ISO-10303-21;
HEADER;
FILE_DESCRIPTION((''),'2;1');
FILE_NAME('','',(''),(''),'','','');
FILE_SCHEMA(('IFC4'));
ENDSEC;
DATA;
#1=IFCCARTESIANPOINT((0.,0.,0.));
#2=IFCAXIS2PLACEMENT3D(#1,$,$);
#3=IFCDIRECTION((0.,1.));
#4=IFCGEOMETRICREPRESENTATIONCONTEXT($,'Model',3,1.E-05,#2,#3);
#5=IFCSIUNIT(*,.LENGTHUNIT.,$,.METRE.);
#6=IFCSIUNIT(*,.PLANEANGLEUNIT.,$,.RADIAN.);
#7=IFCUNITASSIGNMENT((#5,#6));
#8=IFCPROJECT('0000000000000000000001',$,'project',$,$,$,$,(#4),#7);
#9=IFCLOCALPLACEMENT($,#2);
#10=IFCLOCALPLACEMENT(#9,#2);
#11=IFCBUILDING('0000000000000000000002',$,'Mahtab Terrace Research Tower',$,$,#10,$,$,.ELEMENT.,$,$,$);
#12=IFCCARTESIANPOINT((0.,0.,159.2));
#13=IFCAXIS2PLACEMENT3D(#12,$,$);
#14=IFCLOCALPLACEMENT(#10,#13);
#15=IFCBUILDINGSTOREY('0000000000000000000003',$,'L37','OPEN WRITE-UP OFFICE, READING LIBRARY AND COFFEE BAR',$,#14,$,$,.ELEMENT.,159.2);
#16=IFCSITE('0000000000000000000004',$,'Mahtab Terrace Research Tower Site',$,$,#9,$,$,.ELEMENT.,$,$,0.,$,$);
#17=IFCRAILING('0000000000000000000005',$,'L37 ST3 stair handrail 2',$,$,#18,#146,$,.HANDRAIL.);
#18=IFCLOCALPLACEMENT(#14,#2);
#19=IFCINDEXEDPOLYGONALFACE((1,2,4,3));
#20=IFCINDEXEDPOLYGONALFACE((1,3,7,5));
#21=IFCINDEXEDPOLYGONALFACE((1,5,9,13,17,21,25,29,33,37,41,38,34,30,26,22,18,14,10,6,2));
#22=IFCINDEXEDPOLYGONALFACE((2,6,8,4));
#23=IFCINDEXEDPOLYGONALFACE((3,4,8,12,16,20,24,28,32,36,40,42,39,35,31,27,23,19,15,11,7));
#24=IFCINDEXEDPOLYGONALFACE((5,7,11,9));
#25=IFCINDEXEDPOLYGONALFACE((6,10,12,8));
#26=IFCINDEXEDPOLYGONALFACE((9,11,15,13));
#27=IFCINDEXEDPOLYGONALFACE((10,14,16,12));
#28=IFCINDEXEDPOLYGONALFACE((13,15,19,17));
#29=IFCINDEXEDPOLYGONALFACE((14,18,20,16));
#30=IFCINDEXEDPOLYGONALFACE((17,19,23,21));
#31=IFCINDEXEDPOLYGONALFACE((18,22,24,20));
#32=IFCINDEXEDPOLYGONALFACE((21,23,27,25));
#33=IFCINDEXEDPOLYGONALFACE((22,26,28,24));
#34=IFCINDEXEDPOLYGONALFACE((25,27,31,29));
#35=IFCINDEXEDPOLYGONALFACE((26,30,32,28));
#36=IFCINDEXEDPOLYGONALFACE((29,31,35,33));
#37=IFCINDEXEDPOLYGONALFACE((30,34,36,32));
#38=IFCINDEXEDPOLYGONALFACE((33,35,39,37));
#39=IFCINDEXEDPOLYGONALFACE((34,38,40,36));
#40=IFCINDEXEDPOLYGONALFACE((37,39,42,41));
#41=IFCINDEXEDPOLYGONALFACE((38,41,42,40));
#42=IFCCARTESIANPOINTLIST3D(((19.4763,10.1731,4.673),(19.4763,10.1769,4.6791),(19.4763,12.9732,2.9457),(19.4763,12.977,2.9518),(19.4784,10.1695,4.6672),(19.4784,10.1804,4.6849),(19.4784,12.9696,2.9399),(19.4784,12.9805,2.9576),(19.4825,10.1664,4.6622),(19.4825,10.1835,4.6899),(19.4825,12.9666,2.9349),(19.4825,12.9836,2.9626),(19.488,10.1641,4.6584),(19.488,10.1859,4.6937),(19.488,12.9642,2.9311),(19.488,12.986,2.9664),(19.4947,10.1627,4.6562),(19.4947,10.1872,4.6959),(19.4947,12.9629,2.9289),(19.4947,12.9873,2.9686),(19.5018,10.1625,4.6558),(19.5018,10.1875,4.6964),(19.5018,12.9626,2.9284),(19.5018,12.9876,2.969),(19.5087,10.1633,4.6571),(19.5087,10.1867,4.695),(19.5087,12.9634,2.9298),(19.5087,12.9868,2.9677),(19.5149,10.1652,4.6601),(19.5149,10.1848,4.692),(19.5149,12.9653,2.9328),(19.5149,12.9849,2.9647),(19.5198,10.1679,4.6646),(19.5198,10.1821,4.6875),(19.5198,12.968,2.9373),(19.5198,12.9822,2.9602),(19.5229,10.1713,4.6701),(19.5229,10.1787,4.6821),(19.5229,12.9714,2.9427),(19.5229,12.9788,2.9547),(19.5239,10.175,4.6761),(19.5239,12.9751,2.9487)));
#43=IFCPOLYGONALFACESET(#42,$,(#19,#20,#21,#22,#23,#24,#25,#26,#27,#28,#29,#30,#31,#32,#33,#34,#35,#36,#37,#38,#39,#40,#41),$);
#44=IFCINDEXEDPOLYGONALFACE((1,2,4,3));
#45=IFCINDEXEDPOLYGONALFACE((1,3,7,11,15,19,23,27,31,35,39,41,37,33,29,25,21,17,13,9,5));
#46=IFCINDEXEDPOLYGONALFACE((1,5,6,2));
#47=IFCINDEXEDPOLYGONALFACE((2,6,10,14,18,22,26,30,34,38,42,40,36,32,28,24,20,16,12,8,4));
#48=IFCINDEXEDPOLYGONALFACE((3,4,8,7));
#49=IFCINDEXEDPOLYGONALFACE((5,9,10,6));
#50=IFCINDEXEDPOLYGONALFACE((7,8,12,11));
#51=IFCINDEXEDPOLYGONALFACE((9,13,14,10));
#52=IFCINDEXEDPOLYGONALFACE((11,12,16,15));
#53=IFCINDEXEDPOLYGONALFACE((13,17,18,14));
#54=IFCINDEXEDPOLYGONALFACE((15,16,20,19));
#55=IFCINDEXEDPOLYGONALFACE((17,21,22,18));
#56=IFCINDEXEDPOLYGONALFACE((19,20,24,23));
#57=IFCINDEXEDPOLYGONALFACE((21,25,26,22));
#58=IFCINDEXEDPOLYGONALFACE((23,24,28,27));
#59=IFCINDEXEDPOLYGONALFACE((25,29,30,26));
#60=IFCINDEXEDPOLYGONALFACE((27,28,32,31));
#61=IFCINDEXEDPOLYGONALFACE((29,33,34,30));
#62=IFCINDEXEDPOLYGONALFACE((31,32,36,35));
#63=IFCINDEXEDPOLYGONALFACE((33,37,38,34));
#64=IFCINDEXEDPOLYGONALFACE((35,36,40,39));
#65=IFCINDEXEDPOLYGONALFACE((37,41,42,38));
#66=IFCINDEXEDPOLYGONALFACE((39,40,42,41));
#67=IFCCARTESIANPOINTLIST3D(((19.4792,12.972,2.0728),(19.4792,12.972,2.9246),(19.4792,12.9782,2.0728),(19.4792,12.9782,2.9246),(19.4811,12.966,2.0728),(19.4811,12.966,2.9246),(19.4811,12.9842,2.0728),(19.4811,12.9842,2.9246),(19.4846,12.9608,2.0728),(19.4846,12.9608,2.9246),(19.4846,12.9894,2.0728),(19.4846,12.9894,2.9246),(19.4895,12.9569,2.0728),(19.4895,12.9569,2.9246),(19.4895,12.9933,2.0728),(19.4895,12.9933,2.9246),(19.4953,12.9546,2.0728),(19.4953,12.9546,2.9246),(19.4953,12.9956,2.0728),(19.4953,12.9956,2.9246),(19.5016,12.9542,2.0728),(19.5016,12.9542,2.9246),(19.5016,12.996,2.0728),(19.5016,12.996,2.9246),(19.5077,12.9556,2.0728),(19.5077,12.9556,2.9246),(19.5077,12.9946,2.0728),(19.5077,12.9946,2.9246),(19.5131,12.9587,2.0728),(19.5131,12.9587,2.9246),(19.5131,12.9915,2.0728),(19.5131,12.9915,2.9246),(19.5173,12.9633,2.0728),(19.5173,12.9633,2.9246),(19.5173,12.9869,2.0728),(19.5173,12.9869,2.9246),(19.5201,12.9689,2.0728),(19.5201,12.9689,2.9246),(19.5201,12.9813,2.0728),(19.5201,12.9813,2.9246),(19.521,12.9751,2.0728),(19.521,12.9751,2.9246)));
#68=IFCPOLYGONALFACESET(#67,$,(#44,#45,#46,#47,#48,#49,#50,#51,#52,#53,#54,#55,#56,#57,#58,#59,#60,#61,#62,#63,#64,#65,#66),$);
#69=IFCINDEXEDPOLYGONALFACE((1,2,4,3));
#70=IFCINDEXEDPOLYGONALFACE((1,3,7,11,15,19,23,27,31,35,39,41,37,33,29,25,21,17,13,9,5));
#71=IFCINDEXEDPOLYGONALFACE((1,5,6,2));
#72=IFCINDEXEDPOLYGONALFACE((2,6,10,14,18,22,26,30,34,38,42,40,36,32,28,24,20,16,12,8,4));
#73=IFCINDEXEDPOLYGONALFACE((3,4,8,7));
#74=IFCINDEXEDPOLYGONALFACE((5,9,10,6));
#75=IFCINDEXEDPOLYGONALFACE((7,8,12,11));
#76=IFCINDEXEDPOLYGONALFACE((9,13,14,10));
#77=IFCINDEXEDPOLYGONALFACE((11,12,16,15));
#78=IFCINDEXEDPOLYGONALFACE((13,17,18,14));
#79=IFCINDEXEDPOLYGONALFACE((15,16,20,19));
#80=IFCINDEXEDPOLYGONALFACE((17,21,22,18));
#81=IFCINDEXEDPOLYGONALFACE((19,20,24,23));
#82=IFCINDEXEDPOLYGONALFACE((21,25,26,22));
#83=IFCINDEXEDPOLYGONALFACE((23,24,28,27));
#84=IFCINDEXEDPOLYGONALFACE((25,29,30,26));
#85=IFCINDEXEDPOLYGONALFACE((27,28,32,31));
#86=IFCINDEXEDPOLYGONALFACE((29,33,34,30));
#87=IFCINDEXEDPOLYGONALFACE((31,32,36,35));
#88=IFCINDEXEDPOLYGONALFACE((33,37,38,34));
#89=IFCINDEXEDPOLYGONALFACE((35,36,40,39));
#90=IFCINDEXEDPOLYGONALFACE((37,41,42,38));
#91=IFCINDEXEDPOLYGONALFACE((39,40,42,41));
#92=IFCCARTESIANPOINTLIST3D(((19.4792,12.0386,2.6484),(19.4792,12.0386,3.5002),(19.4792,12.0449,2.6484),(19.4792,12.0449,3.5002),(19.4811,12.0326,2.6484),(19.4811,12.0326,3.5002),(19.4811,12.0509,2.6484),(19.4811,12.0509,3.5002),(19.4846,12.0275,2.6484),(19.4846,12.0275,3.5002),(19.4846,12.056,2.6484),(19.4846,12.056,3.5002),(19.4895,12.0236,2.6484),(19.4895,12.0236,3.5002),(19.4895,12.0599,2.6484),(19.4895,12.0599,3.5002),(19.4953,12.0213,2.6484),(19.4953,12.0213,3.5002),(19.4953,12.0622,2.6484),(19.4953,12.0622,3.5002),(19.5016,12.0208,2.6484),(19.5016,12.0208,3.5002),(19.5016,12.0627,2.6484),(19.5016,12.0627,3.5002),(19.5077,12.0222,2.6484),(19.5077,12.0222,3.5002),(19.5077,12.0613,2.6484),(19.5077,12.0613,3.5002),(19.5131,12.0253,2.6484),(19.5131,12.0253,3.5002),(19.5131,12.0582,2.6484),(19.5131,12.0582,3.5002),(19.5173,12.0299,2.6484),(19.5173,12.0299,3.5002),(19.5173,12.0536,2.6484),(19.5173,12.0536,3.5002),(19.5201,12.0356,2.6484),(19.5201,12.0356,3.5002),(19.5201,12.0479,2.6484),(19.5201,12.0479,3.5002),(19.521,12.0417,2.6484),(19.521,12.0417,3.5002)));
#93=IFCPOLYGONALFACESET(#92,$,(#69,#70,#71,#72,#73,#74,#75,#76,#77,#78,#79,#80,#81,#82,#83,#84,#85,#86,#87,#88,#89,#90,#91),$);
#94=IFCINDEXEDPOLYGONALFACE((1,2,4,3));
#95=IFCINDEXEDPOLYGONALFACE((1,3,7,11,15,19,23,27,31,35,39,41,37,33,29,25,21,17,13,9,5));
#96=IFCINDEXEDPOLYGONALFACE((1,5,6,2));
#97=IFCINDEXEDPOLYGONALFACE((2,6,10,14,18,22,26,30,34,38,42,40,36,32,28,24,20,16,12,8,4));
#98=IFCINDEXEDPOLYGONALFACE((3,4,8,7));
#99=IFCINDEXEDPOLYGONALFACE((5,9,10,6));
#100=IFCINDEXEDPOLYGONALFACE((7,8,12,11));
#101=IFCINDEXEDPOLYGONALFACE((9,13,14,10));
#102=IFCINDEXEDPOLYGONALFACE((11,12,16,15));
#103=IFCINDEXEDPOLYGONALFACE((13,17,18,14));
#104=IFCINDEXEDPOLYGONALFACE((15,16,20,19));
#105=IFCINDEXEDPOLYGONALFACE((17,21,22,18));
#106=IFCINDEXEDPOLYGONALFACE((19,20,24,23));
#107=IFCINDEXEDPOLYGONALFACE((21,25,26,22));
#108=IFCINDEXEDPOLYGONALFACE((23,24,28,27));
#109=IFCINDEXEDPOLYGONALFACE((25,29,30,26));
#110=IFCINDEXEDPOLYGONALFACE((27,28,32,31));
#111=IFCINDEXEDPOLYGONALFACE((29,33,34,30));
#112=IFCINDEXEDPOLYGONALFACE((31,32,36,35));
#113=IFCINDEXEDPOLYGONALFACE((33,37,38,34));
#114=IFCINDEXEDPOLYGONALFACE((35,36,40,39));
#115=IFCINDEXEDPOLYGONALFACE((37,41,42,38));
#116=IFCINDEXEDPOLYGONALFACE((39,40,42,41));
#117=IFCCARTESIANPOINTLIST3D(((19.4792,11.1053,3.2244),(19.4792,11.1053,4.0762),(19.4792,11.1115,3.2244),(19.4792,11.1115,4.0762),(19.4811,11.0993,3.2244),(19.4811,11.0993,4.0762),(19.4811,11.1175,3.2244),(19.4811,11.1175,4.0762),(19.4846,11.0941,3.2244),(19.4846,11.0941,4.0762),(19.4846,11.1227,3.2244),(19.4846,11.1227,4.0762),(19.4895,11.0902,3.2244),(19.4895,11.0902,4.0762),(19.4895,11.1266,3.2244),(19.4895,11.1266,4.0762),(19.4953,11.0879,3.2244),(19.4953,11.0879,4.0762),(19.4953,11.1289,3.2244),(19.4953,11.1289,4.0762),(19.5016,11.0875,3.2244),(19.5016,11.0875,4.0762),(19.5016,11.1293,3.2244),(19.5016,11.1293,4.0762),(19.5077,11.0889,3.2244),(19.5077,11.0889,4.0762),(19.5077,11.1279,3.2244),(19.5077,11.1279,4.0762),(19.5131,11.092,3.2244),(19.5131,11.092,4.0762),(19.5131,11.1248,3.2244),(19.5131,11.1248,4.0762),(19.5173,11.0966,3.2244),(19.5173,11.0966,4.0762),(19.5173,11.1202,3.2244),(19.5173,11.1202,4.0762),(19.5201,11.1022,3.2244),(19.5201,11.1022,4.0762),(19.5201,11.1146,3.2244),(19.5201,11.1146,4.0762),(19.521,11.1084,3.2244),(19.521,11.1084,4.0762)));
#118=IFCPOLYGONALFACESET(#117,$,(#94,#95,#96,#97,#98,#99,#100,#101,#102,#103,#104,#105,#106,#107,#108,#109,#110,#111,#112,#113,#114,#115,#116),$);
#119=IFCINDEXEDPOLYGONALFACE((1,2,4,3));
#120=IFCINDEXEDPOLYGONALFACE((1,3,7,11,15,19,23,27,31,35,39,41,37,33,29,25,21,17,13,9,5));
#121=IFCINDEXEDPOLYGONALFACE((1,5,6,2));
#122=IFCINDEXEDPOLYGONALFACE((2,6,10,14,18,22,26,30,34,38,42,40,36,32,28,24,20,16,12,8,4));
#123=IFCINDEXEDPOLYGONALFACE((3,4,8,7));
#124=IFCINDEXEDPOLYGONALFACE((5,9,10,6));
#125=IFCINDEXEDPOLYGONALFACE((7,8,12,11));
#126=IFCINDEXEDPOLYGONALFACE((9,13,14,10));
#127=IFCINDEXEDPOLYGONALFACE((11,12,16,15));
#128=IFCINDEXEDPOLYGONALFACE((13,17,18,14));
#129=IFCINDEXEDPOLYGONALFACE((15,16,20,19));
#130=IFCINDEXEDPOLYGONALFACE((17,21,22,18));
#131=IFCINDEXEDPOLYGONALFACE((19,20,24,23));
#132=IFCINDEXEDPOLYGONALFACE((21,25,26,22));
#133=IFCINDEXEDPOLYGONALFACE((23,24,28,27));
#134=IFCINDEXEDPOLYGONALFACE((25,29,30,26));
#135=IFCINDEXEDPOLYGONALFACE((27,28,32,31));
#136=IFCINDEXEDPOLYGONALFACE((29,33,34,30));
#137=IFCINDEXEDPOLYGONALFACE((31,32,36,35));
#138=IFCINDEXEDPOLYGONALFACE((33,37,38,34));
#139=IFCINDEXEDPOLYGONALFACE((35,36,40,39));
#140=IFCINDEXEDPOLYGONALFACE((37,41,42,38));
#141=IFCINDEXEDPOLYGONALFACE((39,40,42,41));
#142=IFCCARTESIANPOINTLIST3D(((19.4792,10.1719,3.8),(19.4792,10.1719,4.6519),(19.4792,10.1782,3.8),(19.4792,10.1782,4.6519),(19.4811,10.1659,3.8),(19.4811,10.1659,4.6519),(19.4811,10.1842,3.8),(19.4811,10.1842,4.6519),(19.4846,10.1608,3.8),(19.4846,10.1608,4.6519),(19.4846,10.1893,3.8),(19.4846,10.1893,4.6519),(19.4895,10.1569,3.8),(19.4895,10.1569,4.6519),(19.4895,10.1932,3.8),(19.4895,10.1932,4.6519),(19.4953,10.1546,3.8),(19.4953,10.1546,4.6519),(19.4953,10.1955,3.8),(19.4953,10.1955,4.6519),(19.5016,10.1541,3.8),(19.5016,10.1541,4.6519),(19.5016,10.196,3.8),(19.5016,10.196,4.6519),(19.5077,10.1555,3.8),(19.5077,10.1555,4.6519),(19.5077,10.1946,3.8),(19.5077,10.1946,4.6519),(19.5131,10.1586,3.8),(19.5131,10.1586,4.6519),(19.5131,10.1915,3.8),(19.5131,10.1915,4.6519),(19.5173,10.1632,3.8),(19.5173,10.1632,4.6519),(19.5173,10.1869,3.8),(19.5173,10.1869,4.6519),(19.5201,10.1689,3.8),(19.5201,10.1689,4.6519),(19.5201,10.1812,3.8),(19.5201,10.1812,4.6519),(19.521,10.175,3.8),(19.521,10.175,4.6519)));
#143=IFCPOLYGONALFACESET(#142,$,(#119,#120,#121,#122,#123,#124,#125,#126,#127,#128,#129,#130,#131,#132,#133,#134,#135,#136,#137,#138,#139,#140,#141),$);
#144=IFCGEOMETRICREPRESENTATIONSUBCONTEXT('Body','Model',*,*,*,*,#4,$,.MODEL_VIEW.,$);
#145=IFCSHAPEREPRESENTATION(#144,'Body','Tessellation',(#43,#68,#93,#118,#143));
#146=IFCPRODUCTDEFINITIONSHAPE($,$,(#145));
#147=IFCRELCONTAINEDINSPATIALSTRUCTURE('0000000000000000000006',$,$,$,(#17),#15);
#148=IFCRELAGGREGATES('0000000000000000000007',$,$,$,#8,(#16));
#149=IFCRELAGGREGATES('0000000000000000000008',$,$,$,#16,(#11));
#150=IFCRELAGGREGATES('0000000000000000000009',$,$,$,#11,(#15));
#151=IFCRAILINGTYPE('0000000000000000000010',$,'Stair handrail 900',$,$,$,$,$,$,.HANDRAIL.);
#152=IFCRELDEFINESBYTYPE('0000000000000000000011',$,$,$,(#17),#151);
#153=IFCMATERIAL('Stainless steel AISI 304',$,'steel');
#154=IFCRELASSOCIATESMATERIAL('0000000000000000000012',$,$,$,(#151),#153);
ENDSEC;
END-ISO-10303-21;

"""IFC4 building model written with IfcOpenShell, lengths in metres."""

from ifc_helpers import new_model, si_unit, direction, frame, origin, origin_2d, place, context, subcontext, project, spatial, circle, extrude, material, type_object, element, save


model = new_model("IFC4")

# Units and contexts
model_context = context("Model", 3, precision=1e-05, world=origin(), true_north=direction((0.0, 1.0)))
body_context = subcontext(model_context, "Body", "Model", "MODEL_VIEW")
ifc_project = project(units=[si_unit("LENGTHUNIT", "METRE"), si_unit("PLANEANGLEUNIT", "RADIAN")], contexts=[model_context])

# Site, building, storey
site_placement = place(None, origin())
site = spatial("IfcSite", under=ifc_project, at=site_placement, Name="Mahtab Terrace Research Tower Site", CompositionType="ELEMENT", RefElevation=0.0)
building_placement = place(site_placement, origin())
building = spatial("IfcBuilding", under=site, at=building_placement, Name="Mahtab Terrace Research Tower", CompositionType="ELEMENT")
storey_placement = place(building_placement, frame((0.0, 0.0, 159.2)))
storey = spatial("IfcBuildingStorey", under=building, at=storey_placement, Name="L37", Description="OPEN WRITE-UP OFFICE, READING LIBRARY AND COFFEE BAR", CompositionType="ELEMENT", Elevation=159.2)

# Railing
ifc_material_1 = material(Name="Stainless steel AISI 304", Category="steel")
railing_type_1 = type_object("IfcRailingType", Name="Stair handrail 900", PredefinedType="HANDRAIL", material=ifc_material_1)
railing_1_placement = place(storey_placement, frame((19.5, 12.9751, 2.0728)))
element("IfcRailing", 1, at=railing_1_placement, inside=storey, type_object=railing_type_1, Name="L37 ST3 stair handrail 2", PredefinedType="HANDRAIL", context=body_context, shape_type="SweptSolid", body=[
    extrude(circle(Radius=0.0239, at=origin_2d()), frame((0.0, 0.0, 0.876), z_axis=(0.0, -0.85109, 0.52502), x_axis=(1.0, 0.0, 0.0)), (0.0, 0.0, 1.0), 3.29),
    extrude(circle(Radius=0.021, at=origin_2d()), origin(), (0.0, 0.0, 1.0), 0.8518),
    extrude(circle(Radius=0.021, at=origin_2d()), frame((0.0, -0.9333, 0.5757)), (0.0, 0.0, 1.0), 0.8518),
    extrude(circle(Radius=0.021, at=origin_2d()), frame((0.0, -1.8667, 1.1516)), (0.0, 0.0, 1.0), 0.8518),
    extrude(circle(Radius=0.021, at=origin_2d()), frame((0.0, -2.8, 1.7273)), (0.0, 0.0, 1.0), 0.8518),
])

save(model, "model.ifc")
